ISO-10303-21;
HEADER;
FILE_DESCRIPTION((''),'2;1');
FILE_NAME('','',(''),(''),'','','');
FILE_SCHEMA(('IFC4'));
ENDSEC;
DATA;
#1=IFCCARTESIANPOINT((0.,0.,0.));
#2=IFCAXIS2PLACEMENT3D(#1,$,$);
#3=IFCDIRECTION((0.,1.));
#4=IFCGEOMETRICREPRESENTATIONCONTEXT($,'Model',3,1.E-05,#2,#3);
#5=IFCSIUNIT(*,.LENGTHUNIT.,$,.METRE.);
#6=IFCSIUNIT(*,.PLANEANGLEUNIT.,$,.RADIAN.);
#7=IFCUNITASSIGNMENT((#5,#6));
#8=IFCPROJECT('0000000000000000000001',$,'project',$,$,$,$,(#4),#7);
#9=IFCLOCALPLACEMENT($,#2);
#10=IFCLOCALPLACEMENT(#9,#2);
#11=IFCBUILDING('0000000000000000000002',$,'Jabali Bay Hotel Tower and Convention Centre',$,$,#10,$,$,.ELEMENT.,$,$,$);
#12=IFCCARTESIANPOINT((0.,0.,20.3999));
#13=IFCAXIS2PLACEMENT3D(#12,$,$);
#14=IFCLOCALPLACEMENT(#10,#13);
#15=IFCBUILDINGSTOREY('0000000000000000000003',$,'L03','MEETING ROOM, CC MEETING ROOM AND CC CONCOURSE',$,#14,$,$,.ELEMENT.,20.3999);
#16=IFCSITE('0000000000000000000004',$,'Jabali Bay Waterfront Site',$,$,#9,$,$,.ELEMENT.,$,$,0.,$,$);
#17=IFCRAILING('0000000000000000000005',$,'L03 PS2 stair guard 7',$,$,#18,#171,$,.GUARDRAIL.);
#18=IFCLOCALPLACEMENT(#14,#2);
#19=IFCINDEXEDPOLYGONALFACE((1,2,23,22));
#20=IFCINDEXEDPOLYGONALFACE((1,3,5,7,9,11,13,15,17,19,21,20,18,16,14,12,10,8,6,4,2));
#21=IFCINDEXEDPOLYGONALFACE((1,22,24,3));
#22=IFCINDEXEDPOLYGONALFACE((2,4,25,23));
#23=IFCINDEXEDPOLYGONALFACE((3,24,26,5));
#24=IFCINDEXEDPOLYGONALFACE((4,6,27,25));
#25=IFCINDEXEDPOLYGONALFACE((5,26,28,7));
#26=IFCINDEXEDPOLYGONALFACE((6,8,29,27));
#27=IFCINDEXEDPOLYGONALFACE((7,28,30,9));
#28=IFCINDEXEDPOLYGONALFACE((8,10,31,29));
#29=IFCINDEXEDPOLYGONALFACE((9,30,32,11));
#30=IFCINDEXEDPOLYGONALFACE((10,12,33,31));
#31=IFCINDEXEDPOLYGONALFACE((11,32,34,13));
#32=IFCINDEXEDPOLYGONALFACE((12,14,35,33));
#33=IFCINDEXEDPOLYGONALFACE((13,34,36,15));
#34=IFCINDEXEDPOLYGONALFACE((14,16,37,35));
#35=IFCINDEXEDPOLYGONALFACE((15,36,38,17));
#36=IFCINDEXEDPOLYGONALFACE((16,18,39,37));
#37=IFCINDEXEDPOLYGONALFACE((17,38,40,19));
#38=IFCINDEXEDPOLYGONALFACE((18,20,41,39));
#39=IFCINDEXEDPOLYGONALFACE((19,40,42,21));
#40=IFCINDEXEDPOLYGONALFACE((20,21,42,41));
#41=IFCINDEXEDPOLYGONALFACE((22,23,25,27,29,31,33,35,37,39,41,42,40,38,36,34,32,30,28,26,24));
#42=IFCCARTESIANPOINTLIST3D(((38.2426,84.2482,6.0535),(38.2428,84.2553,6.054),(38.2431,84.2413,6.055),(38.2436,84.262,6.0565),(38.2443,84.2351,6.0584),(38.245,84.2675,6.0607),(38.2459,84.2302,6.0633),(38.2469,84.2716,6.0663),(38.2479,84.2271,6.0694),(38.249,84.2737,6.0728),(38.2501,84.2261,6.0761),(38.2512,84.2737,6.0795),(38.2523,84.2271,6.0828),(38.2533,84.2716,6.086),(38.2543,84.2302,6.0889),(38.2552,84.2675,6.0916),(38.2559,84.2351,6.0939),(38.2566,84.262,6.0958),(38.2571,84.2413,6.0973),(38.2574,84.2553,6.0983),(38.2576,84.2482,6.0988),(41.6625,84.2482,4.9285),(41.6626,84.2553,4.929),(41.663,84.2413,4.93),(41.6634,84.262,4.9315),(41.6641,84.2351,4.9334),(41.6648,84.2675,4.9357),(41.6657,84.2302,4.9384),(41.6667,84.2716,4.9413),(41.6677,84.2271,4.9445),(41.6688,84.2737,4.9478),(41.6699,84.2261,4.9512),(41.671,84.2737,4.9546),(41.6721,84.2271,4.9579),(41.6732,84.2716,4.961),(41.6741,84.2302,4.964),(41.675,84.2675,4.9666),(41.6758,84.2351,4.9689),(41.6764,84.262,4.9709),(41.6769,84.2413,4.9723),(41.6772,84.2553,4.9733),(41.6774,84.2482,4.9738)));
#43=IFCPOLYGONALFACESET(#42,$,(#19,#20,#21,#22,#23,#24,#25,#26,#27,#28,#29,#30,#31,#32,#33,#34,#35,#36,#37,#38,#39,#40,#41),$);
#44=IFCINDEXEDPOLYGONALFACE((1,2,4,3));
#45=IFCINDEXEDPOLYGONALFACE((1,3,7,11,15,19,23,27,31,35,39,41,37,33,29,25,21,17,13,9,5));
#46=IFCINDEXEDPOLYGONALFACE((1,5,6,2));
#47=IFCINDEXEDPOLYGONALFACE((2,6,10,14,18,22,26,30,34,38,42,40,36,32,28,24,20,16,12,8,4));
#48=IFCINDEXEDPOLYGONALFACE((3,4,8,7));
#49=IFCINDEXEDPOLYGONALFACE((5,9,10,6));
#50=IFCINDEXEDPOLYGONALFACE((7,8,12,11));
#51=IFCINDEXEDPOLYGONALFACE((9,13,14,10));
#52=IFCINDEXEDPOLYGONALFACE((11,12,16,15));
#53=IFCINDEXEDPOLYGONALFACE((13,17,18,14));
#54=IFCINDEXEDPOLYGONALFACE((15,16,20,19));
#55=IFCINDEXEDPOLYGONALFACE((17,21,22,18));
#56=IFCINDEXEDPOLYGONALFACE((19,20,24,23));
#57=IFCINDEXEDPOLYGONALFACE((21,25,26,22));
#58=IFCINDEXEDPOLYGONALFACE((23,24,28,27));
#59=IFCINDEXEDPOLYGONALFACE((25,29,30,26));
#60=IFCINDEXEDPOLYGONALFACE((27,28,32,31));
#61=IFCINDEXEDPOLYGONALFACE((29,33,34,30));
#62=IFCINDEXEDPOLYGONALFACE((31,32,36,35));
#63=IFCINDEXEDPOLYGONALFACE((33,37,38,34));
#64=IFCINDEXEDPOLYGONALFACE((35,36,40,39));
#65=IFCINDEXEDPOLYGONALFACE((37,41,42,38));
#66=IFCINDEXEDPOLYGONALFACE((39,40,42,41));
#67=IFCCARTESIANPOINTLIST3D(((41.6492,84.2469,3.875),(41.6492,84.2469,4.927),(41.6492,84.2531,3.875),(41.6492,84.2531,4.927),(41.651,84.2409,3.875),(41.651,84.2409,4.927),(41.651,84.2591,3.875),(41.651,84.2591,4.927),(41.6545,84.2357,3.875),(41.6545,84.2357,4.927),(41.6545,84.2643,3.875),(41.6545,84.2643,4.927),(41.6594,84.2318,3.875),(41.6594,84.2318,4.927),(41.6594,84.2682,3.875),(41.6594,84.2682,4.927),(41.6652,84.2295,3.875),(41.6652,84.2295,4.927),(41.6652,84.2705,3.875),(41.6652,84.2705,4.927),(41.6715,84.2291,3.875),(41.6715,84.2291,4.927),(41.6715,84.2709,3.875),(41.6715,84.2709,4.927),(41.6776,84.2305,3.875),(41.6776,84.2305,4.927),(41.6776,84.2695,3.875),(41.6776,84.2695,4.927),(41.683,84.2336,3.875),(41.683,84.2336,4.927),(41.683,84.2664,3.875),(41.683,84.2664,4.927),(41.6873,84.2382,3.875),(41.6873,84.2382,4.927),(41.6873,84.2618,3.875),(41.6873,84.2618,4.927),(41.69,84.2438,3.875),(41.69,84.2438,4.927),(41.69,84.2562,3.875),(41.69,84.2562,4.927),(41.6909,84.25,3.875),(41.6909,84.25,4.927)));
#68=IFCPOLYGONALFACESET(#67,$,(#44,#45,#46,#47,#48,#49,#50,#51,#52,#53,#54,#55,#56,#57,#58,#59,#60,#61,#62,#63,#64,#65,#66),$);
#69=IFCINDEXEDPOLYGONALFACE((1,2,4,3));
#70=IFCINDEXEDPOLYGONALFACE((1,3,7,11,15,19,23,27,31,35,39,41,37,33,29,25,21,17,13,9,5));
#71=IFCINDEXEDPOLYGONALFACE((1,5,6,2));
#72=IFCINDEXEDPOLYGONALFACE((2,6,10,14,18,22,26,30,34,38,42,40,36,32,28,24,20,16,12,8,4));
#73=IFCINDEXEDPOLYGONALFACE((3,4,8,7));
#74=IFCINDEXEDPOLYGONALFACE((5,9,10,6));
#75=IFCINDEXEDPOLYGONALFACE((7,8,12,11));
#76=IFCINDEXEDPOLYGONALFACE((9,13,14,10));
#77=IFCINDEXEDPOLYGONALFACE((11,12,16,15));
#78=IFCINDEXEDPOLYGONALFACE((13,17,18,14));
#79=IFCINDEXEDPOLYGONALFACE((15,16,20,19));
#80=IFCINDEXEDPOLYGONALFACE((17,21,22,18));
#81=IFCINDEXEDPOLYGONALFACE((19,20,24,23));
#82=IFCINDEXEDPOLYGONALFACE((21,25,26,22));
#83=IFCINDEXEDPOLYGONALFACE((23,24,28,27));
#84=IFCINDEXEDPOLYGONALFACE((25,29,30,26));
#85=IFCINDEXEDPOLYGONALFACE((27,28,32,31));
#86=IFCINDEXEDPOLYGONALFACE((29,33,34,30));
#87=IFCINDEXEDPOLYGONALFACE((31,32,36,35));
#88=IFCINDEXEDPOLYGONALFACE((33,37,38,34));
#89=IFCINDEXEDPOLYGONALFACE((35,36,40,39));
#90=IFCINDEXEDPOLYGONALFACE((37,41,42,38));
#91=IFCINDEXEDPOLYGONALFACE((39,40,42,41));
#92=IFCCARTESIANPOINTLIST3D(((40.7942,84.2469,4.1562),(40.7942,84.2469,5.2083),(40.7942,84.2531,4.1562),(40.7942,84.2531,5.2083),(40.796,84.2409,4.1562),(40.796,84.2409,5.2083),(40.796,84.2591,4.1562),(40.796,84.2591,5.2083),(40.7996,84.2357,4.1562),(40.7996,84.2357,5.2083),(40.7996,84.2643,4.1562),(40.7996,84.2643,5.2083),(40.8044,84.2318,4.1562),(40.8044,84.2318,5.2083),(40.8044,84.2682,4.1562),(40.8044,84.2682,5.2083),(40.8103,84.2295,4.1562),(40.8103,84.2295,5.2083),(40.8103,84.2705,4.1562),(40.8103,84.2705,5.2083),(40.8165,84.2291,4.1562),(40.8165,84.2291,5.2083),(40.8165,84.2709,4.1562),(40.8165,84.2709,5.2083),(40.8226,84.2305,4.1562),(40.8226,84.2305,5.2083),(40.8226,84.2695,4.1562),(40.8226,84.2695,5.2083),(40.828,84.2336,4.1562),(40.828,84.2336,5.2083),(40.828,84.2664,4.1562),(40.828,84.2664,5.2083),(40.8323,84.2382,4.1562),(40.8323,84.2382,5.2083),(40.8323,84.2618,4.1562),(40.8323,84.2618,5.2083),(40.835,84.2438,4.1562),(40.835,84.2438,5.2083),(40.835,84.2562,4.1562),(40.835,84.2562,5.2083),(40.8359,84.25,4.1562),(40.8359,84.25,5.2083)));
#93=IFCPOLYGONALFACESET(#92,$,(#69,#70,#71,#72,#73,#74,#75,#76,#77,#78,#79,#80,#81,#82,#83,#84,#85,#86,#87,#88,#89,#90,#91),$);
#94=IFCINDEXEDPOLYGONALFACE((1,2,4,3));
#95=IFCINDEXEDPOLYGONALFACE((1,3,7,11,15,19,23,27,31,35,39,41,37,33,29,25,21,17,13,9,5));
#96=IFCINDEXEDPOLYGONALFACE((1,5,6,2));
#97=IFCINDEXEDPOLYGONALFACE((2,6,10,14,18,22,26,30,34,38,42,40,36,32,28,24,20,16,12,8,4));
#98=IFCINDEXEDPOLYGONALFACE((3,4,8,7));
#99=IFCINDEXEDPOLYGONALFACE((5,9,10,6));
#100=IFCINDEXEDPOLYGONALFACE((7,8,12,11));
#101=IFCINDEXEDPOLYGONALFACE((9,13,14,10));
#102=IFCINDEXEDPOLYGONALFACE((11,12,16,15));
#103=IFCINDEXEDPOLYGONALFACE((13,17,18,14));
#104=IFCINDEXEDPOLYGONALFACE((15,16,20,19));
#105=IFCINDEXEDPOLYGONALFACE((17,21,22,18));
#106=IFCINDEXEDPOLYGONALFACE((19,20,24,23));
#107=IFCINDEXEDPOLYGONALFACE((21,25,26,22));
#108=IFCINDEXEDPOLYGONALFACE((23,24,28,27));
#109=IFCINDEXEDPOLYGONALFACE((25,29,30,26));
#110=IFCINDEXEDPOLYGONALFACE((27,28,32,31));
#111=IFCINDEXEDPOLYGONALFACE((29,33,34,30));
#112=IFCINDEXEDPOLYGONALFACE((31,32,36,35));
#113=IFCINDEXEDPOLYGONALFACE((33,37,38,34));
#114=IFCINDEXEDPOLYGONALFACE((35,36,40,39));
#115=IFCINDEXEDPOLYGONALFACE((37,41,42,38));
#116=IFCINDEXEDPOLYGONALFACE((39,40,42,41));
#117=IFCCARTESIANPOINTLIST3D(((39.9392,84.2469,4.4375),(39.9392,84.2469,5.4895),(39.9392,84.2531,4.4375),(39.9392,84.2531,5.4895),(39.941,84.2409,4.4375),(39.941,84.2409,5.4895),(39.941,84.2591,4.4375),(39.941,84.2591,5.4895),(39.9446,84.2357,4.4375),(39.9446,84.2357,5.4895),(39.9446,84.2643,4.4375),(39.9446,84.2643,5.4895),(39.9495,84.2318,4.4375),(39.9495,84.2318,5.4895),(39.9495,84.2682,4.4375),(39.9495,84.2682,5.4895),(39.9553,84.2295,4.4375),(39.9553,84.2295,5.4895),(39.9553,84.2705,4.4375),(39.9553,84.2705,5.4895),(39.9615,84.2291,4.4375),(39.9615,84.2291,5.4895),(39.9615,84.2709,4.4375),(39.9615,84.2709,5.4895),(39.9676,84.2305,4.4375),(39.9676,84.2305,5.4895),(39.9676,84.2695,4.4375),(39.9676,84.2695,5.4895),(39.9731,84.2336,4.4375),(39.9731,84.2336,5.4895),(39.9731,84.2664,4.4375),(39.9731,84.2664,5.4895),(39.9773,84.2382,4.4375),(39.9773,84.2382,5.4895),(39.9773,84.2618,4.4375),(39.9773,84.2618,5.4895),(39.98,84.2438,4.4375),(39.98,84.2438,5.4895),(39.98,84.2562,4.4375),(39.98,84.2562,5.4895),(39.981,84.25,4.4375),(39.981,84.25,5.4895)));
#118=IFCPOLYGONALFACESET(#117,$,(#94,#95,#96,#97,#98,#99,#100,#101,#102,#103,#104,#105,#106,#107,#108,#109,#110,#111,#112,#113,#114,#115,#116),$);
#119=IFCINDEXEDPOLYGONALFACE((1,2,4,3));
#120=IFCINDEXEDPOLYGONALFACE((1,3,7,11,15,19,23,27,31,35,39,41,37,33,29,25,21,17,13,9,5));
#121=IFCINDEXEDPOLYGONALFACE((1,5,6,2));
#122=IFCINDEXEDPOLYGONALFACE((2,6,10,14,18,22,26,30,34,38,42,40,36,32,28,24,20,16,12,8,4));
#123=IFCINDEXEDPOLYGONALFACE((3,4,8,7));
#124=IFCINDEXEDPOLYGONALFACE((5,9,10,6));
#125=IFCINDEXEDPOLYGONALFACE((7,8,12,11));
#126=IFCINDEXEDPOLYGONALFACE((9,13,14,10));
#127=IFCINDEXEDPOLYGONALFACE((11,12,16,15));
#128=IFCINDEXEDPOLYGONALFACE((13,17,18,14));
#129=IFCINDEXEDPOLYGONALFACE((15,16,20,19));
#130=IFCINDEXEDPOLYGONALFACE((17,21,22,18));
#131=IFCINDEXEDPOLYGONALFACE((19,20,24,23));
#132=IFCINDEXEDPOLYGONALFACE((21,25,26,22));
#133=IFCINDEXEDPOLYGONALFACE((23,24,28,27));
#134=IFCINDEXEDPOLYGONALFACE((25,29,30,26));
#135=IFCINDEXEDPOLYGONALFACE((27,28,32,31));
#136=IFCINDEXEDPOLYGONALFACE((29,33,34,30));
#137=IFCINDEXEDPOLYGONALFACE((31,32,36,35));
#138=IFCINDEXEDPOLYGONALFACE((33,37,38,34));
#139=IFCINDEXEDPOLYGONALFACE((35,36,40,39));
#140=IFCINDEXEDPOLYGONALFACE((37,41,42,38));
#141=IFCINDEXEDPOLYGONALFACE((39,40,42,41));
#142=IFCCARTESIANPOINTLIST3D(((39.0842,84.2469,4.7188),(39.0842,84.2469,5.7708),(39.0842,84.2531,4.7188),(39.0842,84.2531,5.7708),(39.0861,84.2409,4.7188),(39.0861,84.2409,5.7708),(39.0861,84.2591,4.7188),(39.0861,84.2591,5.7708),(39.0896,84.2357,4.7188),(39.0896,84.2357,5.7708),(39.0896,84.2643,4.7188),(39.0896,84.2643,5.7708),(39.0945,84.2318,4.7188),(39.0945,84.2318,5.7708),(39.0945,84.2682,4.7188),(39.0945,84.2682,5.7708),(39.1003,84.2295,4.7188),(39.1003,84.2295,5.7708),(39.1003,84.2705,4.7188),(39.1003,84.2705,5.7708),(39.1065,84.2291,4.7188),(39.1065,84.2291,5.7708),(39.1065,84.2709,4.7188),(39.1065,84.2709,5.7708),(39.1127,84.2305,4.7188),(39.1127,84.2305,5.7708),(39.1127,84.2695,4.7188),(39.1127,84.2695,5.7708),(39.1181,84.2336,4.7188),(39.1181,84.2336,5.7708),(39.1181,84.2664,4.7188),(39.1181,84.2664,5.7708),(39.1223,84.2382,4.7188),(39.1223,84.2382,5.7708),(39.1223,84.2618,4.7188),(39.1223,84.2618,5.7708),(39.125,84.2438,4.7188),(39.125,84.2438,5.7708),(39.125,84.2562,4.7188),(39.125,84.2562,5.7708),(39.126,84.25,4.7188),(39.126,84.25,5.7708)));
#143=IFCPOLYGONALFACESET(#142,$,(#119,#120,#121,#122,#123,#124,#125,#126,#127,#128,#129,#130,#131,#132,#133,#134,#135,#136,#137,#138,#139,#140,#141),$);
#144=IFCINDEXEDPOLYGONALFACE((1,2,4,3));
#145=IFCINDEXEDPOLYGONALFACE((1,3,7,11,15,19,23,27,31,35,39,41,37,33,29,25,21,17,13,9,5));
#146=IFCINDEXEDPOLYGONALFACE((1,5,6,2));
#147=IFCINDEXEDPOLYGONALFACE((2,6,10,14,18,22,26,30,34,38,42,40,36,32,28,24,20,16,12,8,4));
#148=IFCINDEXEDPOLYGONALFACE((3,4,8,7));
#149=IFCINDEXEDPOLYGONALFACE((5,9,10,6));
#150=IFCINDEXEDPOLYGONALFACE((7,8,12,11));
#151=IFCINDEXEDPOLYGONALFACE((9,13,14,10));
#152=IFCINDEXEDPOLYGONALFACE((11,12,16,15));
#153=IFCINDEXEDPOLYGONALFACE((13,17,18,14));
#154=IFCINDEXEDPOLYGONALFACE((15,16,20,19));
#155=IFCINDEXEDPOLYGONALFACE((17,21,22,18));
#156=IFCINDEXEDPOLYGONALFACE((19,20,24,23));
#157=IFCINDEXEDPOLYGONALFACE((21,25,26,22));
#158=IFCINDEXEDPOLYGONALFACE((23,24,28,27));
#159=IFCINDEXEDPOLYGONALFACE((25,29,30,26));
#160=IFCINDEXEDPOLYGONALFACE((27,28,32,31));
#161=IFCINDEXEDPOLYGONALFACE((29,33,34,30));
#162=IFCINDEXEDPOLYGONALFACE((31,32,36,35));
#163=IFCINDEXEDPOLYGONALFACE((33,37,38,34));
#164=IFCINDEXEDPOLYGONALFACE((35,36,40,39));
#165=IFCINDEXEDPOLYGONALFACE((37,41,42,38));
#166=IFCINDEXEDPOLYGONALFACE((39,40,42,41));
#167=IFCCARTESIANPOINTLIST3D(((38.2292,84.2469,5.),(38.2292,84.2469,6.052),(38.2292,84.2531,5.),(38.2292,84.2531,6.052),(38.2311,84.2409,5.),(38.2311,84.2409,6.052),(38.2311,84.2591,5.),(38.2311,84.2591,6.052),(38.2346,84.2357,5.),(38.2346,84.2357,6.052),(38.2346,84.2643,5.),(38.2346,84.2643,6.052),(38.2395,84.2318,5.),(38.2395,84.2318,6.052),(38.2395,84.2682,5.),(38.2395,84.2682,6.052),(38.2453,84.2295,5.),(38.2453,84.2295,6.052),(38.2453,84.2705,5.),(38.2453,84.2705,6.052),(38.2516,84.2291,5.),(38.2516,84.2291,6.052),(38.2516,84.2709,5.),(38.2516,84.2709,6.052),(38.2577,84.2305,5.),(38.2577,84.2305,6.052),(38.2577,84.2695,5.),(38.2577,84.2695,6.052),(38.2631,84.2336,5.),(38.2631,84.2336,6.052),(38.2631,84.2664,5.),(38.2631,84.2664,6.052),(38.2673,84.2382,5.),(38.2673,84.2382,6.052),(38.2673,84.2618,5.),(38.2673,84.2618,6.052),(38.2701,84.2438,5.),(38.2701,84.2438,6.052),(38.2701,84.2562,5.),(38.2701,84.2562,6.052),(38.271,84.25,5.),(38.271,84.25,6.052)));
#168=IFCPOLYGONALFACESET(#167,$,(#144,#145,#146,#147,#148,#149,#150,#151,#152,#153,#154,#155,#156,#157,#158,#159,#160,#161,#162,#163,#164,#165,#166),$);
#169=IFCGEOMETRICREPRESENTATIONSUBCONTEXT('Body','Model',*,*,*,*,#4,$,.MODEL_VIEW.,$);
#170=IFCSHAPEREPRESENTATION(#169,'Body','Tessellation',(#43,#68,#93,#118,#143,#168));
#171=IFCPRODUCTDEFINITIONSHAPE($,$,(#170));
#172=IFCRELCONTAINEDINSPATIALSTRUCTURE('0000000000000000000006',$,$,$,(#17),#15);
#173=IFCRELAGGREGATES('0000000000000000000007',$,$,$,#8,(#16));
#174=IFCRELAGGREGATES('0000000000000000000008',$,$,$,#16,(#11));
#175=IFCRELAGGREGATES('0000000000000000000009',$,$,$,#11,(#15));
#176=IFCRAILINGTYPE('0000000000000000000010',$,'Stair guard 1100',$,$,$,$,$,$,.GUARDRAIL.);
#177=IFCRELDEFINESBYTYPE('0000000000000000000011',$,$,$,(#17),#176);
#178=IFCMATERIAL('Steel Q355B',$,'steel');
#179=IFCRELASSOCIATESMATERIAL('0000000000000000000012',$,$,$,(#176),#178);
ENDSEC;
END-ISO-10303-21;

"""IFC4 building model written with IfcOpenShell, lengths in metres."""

from ifc_helpers import new_model, si_unit, direction, frame, origin, origin_2d, place, context, subcontext, project, spatial, circle, extrude, material, type_object, element, save


model = new_model("IFC4")

# Units and contexts
model_context = context("Model", 3, precision=1e-05, world=origin(), true_north=direction((0.0, 1.0)))
body_context = subcontext(model_context, "Body", "Model", "MODEL_VIEW")
ifc_project = project(units=[si_unit("LENGTHUNIT", "METRE"), si_unit("PLANEANGLEUNIT", "RADIAN")], contexts=[model_context])

# Site, building, storey
site_placement = place(None, origin())
site = spatial("IfcSite", under=ifc_project, at=site_placement, Name="Jabali Bay Waterfront Site", CompositionType="ELEMENT", RefElevation=0.0)
building_placement = place(site_placement, origin())
building = spatial("IfcBuilding", under=site, at=building_placement, Name="Jabali Bay Hotel Tower and Convention Centre", CompositionType="ELEMENT")
storey_placement = place(building_placement, frame((0.0, 0.0, 20.3999)))
storey = spatial("IfcBuildingStorey", under=building, at=storey_placement, Name="L03", Description="MEETING ROOM, CC MEETING ROOM AND CC CONCOURSE", CompositionType="ELEMENT", Elevation=20.3999)

# Railing
ifc_material_1 = material(Name="Steel Q355B", Category="steel")
railing_type_1 = type_object("IfcRailingType", Name="Stair guard 1100", PredefinedType="GUARDRAIL", material=ifc_material_1)
railing_1_placement = place(storey_placement, frame((41.6699, 84.25, 3.875)))
element("IfcRailing", 1, at=railing_1_placement, inside=storey, type_object=railing_type_1, Name="L03 PS2 stair guard 7", PredefinedType="GUARDRAIL", context=body_context, shape_type="SweptSolid", body=[
    extrude(circle(Radius=0.0239, at=origin_2d()), frame((0.0, 0.0, 1.0762), z_axis=(-0.949924, 0.0, 0.312482), x_axis=(0.0, -1.0, 0.0)), (0.0, 0.0, 1.0), 3.6001),
    extrude(circle(Radius=0.021, at=origin_2d()), origin(), (0.0, 0.0, 1.0), 1.052),
    extrude(circle(Radius=0.021, at=origin_2d()), frame((-0.855, 0.0, 0.2812)), (0.0, 0.0, 1.0), 1.052),
    extrude(circle(Radius=0.021, at=origin_2d()), frame((-1.71, 0.0, 0.5625)), (0.0, 0.0, 1.0), 1.052),
    extrude(circle(Radius=0.021, at=origin_2d()), frame((-2.5649, 0.0, 0.8438)), (0.0, 0.0, 1.0), 1.052),
    extrude(circle(Radius=0.021, at=origin_2d()), frame((-3.4199, 0.0, 1.125)), (0.0, 0.0, 1.0), 1.052),
])

save(model, "model.ifc")
